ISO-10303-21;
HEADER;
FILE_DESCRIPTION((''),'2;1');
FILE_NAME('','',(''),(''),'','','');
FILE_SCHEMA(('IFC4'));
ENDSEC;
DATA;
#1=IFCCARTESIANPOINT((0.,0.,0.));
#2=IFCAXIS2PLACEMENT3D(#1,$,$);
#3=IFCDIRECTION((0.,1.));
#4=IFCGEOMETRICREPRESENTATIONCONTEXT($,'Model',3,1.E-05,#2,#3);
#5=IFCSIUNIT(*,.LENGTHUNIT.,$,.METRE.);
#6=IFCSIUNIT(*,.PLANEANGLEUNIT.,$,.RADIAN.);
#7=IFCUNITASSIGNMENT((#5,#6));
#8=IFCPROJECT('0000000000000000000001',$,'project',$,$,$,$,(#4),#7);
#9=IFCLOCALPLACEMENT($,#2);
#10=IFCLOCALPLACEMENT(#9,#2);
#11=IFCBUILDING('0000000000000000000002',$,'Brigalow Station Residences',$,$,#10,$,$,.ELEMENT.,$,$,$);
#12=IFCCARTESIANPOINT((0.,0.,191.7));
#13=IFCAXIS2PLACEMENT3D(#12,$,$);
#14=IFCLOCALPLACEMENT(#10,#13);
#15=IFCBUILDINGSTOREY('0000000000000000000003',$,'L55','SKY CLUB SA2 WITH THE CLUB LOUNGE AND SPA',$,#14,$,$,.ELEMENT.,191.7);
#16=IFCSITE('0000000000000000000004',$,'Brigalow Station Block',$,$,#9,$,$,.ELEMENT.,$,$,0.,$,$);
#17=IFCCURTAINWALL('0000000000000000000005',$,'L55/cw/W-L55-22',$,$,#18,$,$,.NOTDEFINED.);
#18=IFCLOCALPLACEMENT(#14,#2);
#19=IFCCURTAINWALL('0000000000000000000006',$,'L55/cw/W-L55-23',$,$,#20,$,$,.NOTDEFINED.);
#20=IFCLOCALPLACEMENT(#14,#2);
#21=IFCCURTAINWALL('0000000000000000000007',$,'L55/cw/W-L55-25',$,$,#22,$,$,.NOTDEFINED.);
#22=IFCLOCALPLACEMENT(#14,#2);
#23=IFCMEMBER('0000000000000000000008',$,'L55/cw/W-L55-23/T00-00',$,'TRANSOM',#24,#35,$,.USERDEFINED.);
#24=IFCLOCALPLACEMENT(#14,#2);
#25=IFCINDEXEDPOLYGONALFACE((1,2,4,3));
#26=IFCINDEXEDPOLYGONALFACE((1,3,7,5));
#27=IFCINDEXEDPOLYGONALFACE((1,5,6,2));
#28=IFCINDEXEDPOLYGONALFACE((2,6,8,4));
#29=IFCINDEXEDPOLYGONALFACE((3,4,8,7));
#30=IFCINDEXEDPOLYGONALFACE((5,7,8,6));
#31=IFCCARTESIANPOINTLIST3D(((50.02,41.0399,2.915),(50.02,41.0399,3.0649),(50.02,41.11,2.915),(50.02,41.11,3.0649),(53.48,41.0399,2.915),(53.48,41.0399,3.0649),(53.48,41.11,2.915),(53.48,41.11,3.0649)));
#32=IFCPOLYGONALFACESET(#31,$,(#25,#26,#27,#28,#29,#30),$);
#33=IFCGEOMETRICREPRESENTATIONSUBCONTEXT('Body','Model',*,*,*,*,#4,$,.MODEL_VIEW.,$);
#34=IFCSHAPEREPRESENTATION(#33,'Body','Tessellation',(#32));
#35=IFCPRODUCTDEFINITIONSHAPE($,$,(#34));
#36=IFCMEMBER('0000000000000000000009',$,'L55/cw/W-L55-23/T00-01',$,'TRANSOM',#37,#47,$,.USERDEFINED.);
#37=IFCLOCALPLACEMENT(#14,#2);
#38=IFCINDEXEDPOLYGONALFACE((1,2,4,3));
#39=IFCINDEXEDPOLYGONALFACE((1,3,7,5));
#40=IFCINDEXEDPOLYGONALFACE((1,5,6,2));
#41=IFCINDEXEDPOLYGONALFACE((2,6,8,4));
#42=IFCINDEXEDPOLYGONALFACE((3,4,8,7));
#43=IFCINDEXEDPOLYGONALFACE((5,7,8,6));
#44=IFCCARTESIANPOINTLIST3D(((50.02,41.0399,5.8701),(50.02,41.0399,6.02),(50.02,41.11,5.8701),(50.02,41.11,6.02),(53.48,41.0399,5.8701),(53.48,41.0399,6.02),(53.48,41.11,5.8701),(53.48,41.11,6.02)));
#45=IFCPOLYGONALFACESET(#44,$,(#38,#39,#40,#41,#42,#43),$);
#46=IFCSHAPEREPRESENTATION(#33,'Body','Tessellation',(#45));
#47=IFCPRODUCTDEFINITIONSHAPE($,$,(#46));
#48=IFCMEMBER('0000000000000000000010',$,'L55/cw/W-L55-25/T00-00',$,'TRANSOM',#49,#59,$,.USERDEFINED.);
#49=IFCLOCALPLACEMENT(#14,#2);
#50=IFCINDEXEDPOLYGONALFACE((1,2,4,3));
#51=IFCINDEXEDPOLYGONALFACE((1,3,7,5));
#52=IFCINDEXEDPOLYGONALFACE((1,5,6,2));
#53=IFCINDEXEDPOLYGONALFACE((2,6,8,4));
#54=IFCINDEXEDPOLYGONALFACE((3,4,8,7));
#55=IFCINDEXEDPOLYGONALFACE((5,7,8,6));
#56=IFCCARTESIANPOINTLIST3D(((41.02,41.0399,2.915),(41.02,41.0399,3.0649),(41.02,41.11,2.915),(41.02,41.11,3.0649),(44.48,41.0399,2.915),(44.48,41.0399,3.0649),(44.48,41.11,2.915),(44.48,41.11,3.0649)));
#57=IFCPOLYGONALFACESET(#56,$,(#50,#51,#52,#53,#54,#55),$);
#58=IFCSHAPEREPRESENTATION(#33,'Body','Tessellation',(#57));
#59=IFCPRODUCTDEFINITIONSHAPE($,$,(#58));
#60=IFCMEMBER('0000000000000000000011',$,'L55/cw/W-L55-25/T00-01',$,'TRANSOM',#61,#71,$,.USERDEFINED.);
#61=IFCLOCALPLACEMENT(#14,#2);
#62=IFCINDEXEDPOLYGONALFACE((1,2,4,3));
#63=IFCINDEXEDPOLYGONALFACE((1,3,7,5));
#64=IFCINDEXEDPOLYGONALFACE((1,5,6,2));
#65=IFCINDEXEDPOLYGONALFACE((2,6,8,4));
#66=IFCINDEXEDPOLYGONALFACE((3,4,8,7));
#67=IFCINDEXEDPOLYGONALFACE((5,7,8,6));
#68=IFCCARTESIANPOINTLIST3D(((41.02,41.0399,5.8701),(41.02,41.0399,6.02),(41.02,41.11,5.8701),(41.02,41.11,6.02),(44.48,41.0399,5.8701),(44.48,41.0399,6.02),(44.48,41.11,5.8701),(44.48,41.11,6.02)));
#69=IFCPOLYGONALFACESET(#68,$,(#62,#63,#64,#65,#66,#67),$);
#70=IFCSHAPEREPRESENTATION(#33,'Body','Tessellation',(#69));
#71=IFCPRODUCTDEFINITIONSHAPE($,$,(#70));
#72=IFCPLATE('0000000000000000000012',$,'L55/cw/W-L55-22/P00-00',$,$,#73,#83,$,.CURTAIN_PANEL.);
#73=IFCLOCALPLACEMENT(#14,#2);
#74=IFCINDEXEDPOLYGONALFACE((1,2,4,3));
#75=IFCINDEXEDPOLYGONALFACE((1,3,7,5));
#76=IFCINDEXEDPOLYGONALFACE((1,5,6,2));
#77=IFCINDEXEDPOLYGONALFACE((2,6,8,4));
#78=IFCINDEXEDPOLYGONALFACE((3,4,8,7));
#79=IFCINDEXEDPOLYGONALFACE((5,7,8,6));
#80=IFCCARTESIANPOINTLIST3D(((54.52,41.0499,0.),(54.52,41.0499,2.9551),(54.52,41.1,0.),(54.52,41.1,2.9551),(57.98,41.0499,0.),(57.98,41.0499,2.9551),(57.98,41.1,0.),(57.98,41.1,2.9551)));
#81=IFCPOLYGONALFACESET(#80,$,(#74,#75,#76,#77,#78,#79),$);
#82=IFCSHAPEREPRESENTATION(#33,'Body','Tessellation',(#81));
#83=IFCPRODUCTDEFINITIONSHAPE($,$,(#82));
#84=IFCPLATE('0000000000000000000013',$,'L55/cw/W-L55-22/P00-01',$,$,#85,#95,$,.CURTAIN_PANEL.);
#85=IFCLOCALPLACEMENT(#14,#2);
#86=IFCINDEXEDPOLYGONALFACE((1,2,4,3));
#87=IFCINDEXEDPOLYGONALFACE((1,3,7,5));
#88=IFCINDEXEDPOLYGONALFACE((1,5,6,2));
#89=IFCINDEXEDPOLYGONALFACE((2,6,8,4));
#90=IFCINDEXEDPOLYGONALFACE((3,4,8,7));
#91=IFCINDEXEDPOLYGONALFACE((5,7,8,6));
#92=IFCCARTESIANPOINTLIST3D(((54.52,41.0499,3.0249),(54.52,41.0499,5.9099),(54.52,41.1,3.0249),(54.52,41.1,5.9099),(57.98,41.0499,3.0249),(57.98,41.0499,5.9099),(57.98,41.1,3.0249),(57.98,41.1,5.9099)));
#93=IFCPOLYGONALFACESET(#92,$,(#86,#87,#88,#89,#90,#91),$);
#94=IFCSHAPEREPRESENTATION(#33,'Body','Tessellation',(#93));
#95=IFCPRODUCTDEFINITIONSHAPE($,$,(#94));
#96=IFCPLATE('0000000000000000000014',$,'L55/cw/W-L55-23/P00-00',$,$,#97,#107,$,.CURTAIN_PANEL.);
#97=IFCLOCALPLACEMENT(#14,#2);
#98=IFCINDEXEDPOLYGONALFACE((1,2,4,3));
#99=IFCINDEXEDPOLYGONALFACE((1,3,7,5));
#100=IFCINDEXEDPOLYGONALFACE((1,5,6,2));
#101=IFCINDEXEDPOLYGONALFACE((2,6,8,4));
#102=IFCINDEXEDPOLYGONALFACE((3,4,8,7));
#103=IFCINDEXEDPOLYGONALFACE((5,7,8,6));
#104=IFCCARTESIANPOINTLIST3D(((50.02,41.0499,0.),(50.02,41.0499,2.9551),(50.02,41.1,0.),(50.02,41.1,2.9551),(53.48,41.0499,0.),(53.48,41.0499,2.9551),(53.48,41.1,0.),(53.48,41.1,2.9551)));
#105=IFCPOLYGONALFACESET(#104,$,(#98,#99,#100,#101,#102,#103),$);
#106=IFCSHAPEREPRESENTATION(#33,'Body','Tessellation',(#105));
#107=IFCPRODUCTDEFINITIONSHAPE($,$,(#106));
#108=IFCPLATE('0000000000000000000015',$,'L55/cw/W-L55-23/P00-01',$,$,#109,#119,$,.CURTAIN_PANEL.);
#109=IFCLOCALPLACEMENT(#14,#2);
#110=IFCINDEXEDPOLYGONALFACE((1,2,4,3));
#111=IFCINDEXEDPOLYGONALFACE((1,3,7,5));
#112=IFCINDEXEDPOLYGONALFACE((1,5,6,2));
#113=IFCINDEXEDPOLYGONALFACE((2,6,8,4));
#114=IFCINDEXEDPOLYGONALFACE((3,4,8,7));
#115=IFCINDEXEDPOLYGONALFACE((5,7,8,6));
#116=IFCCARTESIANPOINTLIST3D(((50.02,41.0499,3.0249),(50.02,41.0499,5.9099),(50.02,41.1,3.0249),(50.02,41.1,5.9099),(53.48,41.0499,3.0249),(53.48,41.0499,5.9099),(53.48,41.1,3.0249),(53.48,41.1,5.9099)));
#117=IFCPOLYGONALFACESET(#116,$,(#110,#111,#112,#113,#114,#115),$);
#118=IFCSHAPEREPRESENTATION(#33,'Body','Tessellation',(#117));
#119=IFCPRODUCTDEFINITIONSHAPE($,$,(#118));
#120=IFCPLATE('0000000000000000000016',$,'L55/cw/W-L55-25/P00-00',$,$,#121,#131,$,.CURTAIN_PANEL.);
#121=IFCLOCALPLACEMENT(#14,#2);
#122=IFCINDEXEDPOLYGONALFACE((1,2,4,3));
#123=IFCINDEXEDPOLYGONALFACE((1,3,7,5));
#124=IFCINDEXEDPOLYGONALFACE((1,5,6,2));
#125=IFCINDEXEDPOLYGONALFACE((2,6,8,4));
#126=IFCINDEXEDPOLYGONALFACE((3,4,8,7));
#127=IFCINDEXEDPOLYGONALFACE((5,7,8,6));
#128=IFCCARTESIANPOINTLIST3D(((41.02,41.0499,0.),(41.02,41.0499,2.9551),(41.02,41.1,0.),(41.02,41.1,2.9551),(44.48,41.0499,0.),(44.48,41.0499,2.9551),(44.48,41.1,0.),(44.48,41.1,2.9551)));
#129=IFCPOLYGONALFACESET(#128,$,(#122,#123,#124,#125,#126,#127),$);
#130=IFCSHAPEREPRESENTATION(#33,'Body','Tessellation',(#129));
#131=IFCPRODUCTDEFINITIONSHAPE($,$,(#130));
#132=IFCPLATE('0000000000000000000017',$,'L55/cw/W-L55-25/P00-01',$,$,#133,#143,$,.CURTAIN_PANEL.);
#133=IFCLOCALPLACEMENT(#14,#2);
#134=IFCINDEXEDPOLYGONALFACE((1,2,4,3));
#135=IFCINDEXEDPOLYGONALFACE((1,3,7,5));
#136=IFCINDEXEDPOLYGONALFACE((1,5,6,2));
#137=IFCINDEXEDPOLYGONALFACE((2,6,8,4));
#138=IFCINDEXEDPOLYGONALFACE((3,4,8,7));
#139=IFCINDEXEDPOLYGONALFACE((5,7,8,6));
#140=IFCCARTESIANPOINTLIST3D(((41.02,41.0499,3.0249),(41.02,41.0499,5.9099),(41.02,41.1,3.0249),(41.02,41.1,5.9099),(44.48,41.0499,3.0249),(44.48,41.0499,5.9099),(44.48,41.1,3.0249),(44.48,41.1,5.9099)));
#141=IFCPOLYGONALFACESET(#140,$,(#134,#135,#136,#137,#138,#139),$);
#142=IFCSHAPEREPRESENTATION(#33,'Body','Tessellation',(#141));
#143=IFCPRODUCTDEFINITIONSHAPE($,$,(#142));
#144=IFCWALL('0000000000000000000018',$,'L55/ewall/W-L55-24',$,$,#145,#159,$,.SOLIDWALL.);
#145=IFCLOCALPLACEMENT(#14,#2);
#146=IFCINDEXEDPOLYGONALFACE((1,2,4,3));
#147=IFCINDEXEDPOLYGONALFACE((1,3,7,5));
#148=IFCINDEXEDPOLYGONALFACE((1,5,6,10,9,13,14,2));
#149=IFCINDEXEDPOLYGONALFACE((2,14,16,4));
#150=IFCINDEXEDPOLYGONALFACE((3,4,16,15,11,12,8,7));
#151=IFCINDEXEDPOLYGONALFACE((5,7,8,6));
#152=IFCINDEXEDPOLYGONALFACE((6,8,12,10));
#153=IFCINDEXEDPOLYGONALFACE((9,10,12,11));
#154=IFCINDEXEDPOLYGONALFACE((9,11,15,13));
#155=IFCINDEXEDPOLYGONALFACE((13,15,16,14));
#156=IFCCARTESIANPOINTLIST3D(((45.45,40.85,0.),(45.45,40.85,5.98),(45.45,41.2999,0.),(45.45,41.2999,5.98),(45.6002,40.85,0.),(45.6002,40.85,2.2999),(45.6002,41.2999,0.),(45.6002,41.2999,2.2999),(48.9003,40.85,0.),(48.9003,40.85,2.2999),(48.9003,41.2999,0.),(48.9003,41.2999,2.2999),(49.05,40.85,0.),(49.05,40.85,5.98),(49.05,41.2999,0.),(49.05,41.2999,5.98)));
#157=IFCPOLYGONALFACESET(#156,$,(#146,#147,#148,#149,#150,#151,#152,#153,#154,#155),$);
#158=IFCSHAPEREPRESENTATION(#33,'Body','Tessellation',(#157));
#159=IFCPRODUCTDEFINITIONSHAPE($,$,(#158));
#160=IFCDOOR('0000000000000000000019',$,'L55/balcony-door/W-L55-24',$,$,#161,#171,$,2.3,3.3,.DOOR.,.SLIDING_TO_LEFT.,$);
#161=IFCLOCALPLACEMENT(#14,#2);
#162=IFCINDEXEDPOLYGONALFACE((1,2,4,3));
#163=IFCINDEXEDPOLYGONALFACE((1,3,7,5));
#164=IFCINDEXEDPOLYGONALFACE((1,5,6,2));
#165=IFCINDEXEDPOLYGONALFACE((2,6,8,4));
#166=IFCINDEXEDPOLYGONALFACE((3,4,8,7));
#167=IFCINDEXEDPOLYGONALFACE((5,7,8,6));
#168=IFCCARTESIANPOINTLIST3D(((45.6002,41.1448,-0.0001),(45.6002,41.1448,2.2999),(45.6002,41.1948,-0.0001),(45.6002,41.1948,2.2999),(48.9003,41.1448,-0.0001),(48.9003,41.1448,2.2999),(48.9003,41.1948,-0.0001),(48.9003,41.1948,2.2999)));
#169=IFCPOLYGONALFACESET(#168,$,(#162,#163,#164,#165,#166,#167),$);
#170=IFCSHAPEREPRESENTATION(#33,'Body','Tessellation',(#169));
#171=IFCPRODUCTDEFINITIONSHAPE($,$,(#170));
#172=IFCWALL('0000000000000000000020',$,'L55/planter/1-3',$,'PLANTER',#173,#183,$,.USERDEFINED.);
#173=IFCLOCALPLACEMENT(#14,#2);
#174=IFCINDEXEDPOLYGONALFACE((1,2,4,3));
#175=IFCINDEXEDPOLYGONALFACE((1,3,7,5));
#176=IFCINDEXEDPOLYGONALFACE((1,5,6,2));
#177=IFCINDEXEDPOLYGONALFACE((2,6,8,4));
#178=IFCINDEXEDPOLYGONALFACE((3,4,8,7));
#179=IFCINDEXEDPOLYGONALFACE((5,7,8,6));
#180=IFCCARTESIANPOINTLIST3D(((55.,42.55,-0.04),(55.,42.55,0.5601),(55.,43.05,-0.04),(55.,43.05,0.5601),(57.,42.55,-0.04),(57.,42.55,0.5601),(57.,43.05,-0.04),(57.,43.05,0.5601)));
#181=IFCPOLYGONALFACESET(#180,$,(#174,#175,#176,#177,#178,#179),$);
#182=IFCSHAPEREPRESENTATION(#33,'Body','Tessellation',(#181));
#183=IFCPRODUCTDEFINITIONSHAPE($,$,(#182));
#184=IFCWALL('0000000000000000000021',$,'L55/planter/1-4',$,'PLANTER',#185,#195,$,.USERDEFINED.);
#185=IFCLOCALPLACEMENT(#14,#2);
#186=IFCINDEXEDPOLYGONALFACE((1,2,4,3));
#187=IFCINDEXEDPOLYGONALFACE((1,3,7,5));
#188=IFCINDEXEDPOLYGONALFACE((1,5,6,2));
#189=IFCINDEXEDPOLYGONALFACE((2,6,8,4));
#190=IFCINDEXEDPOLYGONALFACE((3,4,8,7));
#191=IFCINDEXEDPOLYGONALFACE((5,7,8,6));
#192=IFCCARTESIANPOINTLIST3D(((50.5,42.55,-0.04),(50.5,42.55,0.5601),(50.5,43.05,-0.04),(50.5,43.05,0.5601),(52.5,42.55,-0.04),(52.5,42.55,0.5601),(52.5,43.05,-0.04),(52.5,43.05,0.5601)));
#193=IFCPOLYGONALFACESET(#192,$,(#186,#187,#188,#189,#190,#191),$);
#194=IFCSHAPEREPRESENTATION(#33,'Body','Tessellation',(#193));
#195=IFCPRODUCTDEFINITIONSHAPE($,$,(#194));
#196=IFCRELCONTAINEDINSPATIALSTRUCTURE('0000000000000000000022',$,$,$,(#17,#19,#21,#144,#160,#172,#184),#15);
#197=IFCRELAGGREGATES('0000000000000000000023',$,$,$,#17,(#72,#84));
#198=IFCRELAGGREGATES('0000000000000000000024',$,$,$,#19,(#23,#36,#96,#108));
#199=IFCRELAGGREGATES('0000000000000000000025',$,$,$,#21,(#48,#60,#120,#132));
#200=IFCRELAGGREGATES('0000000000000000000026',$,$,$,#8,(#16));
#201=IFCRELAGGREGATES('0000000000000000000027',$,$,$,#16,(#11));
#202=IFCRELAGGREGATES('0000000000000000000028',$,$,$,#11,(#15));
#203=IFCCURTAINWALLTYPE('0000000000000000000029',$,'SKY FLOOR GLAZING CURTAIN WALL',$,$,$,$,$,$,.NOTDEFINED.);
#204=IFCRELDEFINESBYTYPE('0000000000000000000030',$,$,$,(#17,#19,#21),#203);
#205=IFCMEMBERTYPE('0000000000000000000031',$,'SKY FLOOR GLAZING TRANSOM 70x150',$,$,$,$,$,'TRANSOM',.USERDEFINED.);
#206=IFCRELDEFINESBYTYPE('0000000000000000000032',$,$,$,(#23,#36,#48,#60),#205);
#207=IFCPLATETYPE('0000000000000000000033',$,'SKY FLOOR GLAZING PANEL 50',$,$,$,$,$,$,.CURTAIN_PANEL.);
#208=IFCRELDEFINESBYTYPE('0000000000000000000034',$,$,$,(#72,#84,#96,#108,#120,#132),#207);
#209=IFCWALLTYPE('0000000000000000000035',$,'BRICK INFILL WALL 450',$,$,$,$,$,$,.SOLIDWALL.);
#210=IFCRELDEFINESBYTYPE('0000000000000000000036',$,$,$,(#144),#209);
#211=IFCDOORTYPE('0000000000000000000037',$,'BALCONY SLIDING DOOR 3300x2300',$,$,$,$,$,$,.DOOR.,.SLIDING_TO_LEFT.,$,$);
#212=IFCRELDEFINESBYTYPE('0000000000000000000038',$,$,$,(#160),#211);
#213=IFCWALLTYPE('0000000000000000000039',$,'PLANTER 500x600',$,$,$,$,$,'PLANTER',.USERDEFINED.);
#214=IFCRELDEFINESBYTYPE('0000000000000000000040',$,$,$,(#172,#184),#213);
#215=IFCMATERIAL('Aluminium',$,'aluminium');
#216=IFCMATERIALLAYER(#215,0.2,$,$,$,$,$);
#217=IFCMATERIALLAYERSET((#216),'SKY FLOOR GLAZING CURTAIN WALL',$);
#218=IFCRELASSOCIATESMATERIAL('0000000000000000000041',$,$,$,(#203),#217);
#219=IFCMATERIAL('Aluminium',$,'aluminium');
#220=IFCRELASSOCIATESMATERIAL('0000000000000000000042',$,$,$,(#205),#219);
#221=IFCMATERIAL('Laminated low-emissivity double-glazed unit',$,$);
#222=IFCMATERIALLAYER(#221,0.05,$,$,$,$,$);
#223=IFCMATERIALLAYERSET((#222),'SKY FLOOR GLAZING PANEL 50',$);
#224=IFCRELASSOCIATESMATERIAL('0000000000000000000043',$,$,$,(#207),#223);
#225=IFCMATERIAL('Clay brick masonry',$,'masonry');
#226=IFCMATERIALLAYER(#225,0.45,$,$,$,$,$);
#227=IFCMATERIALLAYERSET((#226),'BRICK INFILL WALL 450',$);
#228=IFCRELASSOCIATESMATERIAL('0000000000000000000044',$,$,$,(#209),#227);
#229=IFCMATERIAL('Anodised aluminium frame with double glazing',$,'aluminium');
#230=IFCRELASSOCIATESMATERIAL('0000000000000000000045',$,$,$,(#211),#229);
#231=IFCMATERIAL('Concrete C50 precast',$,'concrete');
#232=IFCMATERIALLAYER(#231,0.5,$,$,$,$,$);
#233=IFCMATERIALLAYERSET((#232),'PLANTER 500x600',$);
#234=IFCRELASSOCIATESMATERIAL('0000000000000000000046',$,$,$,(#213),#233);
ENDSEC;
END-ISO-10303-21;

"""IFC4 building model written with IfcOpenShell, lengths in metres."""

from ifc_helpers import new_model, si_unit, direction, frame, frame_2d, origin, origin_2d, place, context, subcontext, project, spatial, rectangle, extrude, material, layer, layer_set, material_profile, profile_set, type_object, element, fill, aggregate, save


model = new_model("IFC4")

# Units and contexts
model_context = context("Model", 3, precision=1e-05, world=origin(), true_north=direction((0.0, 1.0)))
body_context = subcontext(model_context, "Body", "Model", "MODEL_VIEW")
ifc_project = project(units=[si_unit("LENGTHUNIT", "METRE"), si_unit("PLANEANGLEUNIT", "RADIAN")], contexts=[model_context])

# Site, building, storey
site_placement = place(None, origin())
site = spatial("IfcSite", under=ifc_project, at=site_placement, Name="Brigalow Station Block", CompositionType="ELEMENT", RefElevation=0.0)
building_placement = place(site_placement, origin())
building = spatial("IfcBuilding", under=site, at=building_placement, Name="Brigalow Station Residences", CompositionType="ELEMENT")
storey_placement = place(building_placement, frame((0.0, 0.0, 191.7)))
storey = spatial("IfcBuildingStorey", under=building, at=storey_placement, Name="L55", Description="SKY CLUB SA2 WITH THE CLUB LOUNGE AND SPA", CompositionType="ELEMENT", Elevation=191.7)

# Curtain walls
ifc_material_1 = material(Name="Aluminium", Category="aluminium")
ifc_layer_1 = layer(ifc_material_1, 0.2)
ifc_layer_set_1 = layer_set([ifc_layer_1], Name="SKY FLOOR GLAZING CURTAIN WALL")
curtain_wall_type_1 = type_object("IfcCurtainWallType", Name="SKY FLOOR GLAZING CURTAIN WALL", PredefinedType="NOTDEFINED", material=ifc_layer_set_1)
curtain_wall_1_placement = place(storey_placement, origin())
curtain_wall_1 = element("IfcCurtainWall", 1, at=curtain_wall_1_placement, inside=storey, type_object=curtain_wall_type_1, Name="L55/cw/W-L55-22", PredefinedType="NOTDEFINED")
curtain_wall_2_placement = place(storey_placement, origin())
curtain_wall_2 = element("IfcCurtainWall", 2, at=curtain_wall_2_placement, inside=storey, type_object=curtain_wall_type_1, Name="L55/cw/W-L55-23", PredefinedType="NOTDEFINED")

# Curtain wall
curtain_wall_3_placement = place(storey_placement, origin())
curtain_wall_3 = element("IfcCurtainWall", 3, at=curtain_wall_3_placement, inside=storey, type_object=curtain_wall_type_1, Name="L55/cw/W-L55-25", PredefinedType="NOTDEFINED")

# Members
ifc_material_2 = material(Name="Aluminium", Category="aluminium")
ifc_material_profile_1 = material_profile(ifc_material_2, rectangle(XDim=0.0701, YDim=0.1499, at=origin_2d()), Name="SKY FLOOR GLAZING TRANSOM 70x150")
ifc_profile_set_1 = profile_set([ifc_material_profile_1], Name="Aluminium")
member_type_1 = type_object("IfcMemberType", Name="SKY FLOOR GLAZING TRANSOM 70x150", ElementType="TRANSOM", PredefinedType="USERDEFINED", material=ifc_profile_set_1)
member_1_placement = place(storey_placement, frame((53.48, 41.075, 2.99), z_axis=(-1.0, 0.0, 0.0), x_axis=(0.0, -1.0, 0.0)))
member_1 = element("IfcMember", 4, at=member_1_placement, type_object=member_type_1, Name="L55/cw/W-L55-23/T00-00", ObjectType="TRANSOM", PredefinedType="USERDEFINED", context=body_context, shape_type="SweptSolid", body=[
    extrude(rectangle(XDim=0.0701, YDim=0.1499, at=origin_2d()), origin(), (0.0, 0.0, 1.0), 3.46),
])
member_2_placement = place(storey_placement, frame((53.48, 41.075, 5.9451), z_axis=(-1.0, 0.0, 0.0), x_axis=(0.0, -1.0, 0.0)))
member_2 = element("IfcMember", 5, at=member_2_placement, type_object=member_type_1, Name="L55/cw/W-L55-23/T00-01", ObjectType="TRANSOM", PredefinedType="USERDEFINED", context=body_context, shape_type="SweptSolid", body=[
    extrude(rectangle(XDim=0.0701, YDim=0.1499, at=origin_2d()), origin(), (0.0, 0.0, 1.0), 3.46),
])
member_3_placement = place(storey_placement, frame((44.48, 41.075, 2.99), z_axis=(-1.0, 0.0, 0.0), x_axis=(0.0, -1.0, 0.0)))
member_3 = element("IfcMember", 6, at=member_3_placement, type_object=member_type_1, Name="L55/cw/W-L55-25/T00-00", ObjectType="TRANSOM", PredefinedType="USERDEFINED", context=body_context, shape_type="SweptSolid", body=[
    extrude(rectangle(XDim=0.0701, YDim=0.1499, at=origin_2d()), origin(), (0.0, 0.0, 1.0), 3.46),
])
member_4_placement = place(storey_placement, frame((44.48, 41.075, 5.9451), z_axis=(-1.0, 0.0, 0.0), x_axis=(0.0, -1.0, 0.0)))
member_4 = element("IfcMember", 7, at=member_4_placement, type_object=member_type_1, Name="L55/cw/W-L55-25/T00-01", ObjectType="TRANSOM", PredefinedType="USERDEFINED", context=body_context, shape_type="SweptSolid", body=[
    extrude(rectangle(XDim=0.0701, YDim=0.1499, at=origin_2d()), origin(), (0.0, 0.0, 1.0), 3.46),
])

# Plates
ifc_material_3 = material(Name="Laminated low-emissivity double-glazed unit")
ifc_layer_2 = layer(ifc_material_3, 0.05)
ifc_layer_set_2 = layer_set([ifc_layer_2], Name="SKY FLOOR GLAZING PANEL 50")
plate_type = type_object("IfcPlateType", Name="SKY FLOOR GLAZING PANEL 50", PredefinedType="CURTAIN_PANEL", material=ifc_layer_set_2)
plate_1_placement = place(storey_placement, frame((56.25, 41.075, 0.0), z_axis=(0.0, 0.0, 1.0), x_axis=(-1.0, 0.0, 0.0)))
plate_1 = element("IfcPlate", 8, at=plate_1_placement, type_object=plate_type, Name="L55/cw/W-L55-22/P00-00", PredefinedType="CURTAIN_PANEL", context=body_context, shape_type="SweptSolid", body=[
    extrude(rectangle(XDim=3.46, YDim=0.05, at=origin_2d()), origin(), (0.0, 0.0, 1.0), 2.9551),
])
plate_2_placement = place(storey_placement, frame((56.25, 41.075, 3.0249), z_axis=(0.0, 0.0, 1.0), x_axis=(-1.0, 0.0, 0.0)))
plate_2 = element("IfcPlate", 9, at=plate_2_placement, type_object=plate_type, Name="L55/cw/W-L55-22/P00-01", PredefinedType="CURTAIN_PANEL", context=body_context, shape_type="SweptSolid", body=[
    extrude(rectangle(XDim=3.46, YDim=0.05, at=origin_2d()), origin(), (0.0, 0.0, 1.0), 2.885),
])
aggregate(curtain_wall_1, [plate_1, plate_2])
plate_3_placement = place(storey_placement, frame((51.75, 41.075, 0.0), z_axis=(0.0, 0.0, 1.0), x_axis=(-1.0, 0.0, 0.0)))
plate_3 = element("IfcPlate", 10, at=plate_3_placement, type_object=plate_type, Name="L55/cw/W-L55-23/P00-00", PredefinedType="CURTAIN_PANEL", context=body_context, shape_type="SweptSolid", body=[
    extrude(rectangle(XDim=3.46, YDim=0.05, at=origin_2d()), origin(), (0.0, 0.0, 1.0), 2.9551),
])
plate_4_placement = place(storey_placement, frame((51.75, 41.075, 3.0249), z_axis=(0.0, 0.0, 1.0), x_axis=(-1.0, 0.0, 0.0)))
plate_4 = element("IfcPlate", 11, at=plate_4_placement, type_object=plate_type, Name="L55/cw/W-L55-23/P00-01", PredefinedType="CURTAIN_PANEL", context=body_context, shape_type="SweptSolid", body=[
    extrude(rectangle(XDim=3.46, YDim=0.05, at=origin_2d()), origin(), (0.0, 0.0, 1.0), 2.885),
])
aggregate(curtain_wall_2, [member_1, member_2, plate_3, plate_4])
plate_5_placement = place(storey_placement, frame((42.75, 41.075, 0.0), z_axis=(0.0, 0.0, 1.0), x_axis=(-1.0, 0.0, 0.0)))
plate_5 = element("IfcPlate", 12, at=plate_5_placement, type_object=plate_type, Name="L55/cw/W-L55-25/P00-00", PredefinedType="CURTAIN_PANEL", context=body_context, shape_type="SweptSolid", body=[
    extrude(rectangle(XDim=3.46, YDim=0.05, at=origin_2d()), origin(), (0.0, 0.0, 1.0), 2.9551),
])
plate_6_placement = place(storey_placement, frame((42.75, 41.075, 3.0249), z_axis=(0.0, 0.0, 1.0), x_axis=(-1.0, 0.0, 0.0)))
plate_6 = element("IfcPlate", 13, at=plate_6_placement, type_object=plate_type, Name="L55/cw/W-L55-25/P00-01", PredefinedType="CURTAIN_PANEL", context=body_context, shape_type="SweptSolid", body=[
    extrude(rectangle(XDim=3.46, YDim=0.05, at=origin_2d()), origin(), (0.0, 0.0, 1.0), 2.885),
])
aggregate(curtain_wall_3, [member_3, member_4, plate_5, plate_6])

# Wall, opening, door
ifc_material_4 = material(Name="Clay brick masonry", Category="masonry")
ifc_layer_3 = layer(ifc_material_4, 0.45)
ifc_layer_set_3 = layer_set([ifc_layer_3], Name="BRICK INFILL WALL 450")
wall_type_1 = type_object("IfcWallType", Name="BRICK INFILL WALL 450", PredefinedType="SOLIDWALL", material=ifc_layer_set_3)
wall_placement = place(storey_placement, frame((49.05, 41.075, 0.0), z_axis=(0.0, 0.0, 1.0), x_axis=(-1.0, 0.0, 0.0)))
wall = element("IfcWall", 14, at=wall_placement, inside=storey, type_object=wall_type_1, Name="L55/ewall/W-L55-24", PredefinedType="SOLIDWALL", context=body_context, shape_type="SweptSolid", body=[
    extrude(rectangle(XDim=3.6001, YDim=0.45, at=frame_2d((1.8, 0.0))), origin(), (0.0, 0.0, 1.0), 5.98),
])
opening_placement = place(wall_placement, frame((0.1499, 0.0, 0.0)))
opening = element("IfcOpeningElement", 15, at=opening_placement, cuts=wall, PredefinedType="OPENING", context=body_context, shape_type="SweptSolid", body=[
    extrude(rectangle(XDim=3.3, YDim=2.3, at=frame_2d((1.6499, 1.1499))), frame((0.0, 0.2349, 0.0), z_axis=(0.0, -1.0, 0.0), x_axis=(1.0, 0.0, 0.0)), (0.0, 0.0, 1.0), 0.47),
])
ifc_material_5 = material(Name="Anodised aluminium frame with double glazing", Category="aluminium")
door_type = type_object("IfcDoorType", Name="BALCONY SLIDING DOOR 3300x2300", OperationType="SLIDING_TO_LEFT", PredefinedType="DOOR", material=ifc_material_5)
door_placement = place(opening_placement, origin())
door = element("IfcDoor", 16, at=door_placement, inside=storey, type_object=door_type, Name="L55/balcony-door/W-L55-24", OperationType="SLIDING_TO_LEFT", OverallHeight=2.3, OverallWidth=3.3, PredefinedType="DOOR", context=body_context, shape_type="SweptSolid", body=[
    extrude(rectangle(XDim=3.3, YDim=2.3, at=frame_2d((1.6499, 1.1499))), frame((0.0, -0.0698, 0.0), z_axis=(0.0, -1.0, 0.0), x_axis=(1.0, 0.0, 0.0)), (0.0, 0.0, 1.0), 0.05),
])
fill(opening, door)

# Walls
ifc_material_6 = material(Name="Concrete C50 precast", Category="concrete")
ifc_layer_4 = layer(ifc_material_6, 0.5)
ifc_layer_set_4 = layer_set([ifc_layer_4], Name="PLANTER 500x600")
wall_type_2 = type_object("IfcWallType", Name="PLANTER 500x600", ElementType="PLANTER", PredefinedType="USERDEFINED", material=ifc_layer_set_4)
for number, where, z_axis, x_axis, name in (
    (17, (57.0, 42.8, -0.04), (0.0, 0.0, 1.0), (-1.0, 0.0, 0.0), "L55/planter/1-3"),
    (18, (52.5, 42.8, -0.04), (0.0, 0.0, 1.0), (-1.0, 0.0, 0.0), "L55/planter/1-4"),
):
    element("IfcWall", number, at=place(storey_placement, frame(where, z_axis=z_axis, x_axis=x_axis)), inside=storey, type_object=wall_type_2, Name=name, ObjectType="PLANTER", PredefinedType="USERDEFINED", context=body_context, shape_type="SweptSolid", body=[
        extrude(rectangle(XDim=2.0, YDim=0.5, at=frame_2d((1.0, 0.0))), origin(), (0.0, 0.0, 1.0), 0.6001),
    ])

save(model, "model.ifc")
